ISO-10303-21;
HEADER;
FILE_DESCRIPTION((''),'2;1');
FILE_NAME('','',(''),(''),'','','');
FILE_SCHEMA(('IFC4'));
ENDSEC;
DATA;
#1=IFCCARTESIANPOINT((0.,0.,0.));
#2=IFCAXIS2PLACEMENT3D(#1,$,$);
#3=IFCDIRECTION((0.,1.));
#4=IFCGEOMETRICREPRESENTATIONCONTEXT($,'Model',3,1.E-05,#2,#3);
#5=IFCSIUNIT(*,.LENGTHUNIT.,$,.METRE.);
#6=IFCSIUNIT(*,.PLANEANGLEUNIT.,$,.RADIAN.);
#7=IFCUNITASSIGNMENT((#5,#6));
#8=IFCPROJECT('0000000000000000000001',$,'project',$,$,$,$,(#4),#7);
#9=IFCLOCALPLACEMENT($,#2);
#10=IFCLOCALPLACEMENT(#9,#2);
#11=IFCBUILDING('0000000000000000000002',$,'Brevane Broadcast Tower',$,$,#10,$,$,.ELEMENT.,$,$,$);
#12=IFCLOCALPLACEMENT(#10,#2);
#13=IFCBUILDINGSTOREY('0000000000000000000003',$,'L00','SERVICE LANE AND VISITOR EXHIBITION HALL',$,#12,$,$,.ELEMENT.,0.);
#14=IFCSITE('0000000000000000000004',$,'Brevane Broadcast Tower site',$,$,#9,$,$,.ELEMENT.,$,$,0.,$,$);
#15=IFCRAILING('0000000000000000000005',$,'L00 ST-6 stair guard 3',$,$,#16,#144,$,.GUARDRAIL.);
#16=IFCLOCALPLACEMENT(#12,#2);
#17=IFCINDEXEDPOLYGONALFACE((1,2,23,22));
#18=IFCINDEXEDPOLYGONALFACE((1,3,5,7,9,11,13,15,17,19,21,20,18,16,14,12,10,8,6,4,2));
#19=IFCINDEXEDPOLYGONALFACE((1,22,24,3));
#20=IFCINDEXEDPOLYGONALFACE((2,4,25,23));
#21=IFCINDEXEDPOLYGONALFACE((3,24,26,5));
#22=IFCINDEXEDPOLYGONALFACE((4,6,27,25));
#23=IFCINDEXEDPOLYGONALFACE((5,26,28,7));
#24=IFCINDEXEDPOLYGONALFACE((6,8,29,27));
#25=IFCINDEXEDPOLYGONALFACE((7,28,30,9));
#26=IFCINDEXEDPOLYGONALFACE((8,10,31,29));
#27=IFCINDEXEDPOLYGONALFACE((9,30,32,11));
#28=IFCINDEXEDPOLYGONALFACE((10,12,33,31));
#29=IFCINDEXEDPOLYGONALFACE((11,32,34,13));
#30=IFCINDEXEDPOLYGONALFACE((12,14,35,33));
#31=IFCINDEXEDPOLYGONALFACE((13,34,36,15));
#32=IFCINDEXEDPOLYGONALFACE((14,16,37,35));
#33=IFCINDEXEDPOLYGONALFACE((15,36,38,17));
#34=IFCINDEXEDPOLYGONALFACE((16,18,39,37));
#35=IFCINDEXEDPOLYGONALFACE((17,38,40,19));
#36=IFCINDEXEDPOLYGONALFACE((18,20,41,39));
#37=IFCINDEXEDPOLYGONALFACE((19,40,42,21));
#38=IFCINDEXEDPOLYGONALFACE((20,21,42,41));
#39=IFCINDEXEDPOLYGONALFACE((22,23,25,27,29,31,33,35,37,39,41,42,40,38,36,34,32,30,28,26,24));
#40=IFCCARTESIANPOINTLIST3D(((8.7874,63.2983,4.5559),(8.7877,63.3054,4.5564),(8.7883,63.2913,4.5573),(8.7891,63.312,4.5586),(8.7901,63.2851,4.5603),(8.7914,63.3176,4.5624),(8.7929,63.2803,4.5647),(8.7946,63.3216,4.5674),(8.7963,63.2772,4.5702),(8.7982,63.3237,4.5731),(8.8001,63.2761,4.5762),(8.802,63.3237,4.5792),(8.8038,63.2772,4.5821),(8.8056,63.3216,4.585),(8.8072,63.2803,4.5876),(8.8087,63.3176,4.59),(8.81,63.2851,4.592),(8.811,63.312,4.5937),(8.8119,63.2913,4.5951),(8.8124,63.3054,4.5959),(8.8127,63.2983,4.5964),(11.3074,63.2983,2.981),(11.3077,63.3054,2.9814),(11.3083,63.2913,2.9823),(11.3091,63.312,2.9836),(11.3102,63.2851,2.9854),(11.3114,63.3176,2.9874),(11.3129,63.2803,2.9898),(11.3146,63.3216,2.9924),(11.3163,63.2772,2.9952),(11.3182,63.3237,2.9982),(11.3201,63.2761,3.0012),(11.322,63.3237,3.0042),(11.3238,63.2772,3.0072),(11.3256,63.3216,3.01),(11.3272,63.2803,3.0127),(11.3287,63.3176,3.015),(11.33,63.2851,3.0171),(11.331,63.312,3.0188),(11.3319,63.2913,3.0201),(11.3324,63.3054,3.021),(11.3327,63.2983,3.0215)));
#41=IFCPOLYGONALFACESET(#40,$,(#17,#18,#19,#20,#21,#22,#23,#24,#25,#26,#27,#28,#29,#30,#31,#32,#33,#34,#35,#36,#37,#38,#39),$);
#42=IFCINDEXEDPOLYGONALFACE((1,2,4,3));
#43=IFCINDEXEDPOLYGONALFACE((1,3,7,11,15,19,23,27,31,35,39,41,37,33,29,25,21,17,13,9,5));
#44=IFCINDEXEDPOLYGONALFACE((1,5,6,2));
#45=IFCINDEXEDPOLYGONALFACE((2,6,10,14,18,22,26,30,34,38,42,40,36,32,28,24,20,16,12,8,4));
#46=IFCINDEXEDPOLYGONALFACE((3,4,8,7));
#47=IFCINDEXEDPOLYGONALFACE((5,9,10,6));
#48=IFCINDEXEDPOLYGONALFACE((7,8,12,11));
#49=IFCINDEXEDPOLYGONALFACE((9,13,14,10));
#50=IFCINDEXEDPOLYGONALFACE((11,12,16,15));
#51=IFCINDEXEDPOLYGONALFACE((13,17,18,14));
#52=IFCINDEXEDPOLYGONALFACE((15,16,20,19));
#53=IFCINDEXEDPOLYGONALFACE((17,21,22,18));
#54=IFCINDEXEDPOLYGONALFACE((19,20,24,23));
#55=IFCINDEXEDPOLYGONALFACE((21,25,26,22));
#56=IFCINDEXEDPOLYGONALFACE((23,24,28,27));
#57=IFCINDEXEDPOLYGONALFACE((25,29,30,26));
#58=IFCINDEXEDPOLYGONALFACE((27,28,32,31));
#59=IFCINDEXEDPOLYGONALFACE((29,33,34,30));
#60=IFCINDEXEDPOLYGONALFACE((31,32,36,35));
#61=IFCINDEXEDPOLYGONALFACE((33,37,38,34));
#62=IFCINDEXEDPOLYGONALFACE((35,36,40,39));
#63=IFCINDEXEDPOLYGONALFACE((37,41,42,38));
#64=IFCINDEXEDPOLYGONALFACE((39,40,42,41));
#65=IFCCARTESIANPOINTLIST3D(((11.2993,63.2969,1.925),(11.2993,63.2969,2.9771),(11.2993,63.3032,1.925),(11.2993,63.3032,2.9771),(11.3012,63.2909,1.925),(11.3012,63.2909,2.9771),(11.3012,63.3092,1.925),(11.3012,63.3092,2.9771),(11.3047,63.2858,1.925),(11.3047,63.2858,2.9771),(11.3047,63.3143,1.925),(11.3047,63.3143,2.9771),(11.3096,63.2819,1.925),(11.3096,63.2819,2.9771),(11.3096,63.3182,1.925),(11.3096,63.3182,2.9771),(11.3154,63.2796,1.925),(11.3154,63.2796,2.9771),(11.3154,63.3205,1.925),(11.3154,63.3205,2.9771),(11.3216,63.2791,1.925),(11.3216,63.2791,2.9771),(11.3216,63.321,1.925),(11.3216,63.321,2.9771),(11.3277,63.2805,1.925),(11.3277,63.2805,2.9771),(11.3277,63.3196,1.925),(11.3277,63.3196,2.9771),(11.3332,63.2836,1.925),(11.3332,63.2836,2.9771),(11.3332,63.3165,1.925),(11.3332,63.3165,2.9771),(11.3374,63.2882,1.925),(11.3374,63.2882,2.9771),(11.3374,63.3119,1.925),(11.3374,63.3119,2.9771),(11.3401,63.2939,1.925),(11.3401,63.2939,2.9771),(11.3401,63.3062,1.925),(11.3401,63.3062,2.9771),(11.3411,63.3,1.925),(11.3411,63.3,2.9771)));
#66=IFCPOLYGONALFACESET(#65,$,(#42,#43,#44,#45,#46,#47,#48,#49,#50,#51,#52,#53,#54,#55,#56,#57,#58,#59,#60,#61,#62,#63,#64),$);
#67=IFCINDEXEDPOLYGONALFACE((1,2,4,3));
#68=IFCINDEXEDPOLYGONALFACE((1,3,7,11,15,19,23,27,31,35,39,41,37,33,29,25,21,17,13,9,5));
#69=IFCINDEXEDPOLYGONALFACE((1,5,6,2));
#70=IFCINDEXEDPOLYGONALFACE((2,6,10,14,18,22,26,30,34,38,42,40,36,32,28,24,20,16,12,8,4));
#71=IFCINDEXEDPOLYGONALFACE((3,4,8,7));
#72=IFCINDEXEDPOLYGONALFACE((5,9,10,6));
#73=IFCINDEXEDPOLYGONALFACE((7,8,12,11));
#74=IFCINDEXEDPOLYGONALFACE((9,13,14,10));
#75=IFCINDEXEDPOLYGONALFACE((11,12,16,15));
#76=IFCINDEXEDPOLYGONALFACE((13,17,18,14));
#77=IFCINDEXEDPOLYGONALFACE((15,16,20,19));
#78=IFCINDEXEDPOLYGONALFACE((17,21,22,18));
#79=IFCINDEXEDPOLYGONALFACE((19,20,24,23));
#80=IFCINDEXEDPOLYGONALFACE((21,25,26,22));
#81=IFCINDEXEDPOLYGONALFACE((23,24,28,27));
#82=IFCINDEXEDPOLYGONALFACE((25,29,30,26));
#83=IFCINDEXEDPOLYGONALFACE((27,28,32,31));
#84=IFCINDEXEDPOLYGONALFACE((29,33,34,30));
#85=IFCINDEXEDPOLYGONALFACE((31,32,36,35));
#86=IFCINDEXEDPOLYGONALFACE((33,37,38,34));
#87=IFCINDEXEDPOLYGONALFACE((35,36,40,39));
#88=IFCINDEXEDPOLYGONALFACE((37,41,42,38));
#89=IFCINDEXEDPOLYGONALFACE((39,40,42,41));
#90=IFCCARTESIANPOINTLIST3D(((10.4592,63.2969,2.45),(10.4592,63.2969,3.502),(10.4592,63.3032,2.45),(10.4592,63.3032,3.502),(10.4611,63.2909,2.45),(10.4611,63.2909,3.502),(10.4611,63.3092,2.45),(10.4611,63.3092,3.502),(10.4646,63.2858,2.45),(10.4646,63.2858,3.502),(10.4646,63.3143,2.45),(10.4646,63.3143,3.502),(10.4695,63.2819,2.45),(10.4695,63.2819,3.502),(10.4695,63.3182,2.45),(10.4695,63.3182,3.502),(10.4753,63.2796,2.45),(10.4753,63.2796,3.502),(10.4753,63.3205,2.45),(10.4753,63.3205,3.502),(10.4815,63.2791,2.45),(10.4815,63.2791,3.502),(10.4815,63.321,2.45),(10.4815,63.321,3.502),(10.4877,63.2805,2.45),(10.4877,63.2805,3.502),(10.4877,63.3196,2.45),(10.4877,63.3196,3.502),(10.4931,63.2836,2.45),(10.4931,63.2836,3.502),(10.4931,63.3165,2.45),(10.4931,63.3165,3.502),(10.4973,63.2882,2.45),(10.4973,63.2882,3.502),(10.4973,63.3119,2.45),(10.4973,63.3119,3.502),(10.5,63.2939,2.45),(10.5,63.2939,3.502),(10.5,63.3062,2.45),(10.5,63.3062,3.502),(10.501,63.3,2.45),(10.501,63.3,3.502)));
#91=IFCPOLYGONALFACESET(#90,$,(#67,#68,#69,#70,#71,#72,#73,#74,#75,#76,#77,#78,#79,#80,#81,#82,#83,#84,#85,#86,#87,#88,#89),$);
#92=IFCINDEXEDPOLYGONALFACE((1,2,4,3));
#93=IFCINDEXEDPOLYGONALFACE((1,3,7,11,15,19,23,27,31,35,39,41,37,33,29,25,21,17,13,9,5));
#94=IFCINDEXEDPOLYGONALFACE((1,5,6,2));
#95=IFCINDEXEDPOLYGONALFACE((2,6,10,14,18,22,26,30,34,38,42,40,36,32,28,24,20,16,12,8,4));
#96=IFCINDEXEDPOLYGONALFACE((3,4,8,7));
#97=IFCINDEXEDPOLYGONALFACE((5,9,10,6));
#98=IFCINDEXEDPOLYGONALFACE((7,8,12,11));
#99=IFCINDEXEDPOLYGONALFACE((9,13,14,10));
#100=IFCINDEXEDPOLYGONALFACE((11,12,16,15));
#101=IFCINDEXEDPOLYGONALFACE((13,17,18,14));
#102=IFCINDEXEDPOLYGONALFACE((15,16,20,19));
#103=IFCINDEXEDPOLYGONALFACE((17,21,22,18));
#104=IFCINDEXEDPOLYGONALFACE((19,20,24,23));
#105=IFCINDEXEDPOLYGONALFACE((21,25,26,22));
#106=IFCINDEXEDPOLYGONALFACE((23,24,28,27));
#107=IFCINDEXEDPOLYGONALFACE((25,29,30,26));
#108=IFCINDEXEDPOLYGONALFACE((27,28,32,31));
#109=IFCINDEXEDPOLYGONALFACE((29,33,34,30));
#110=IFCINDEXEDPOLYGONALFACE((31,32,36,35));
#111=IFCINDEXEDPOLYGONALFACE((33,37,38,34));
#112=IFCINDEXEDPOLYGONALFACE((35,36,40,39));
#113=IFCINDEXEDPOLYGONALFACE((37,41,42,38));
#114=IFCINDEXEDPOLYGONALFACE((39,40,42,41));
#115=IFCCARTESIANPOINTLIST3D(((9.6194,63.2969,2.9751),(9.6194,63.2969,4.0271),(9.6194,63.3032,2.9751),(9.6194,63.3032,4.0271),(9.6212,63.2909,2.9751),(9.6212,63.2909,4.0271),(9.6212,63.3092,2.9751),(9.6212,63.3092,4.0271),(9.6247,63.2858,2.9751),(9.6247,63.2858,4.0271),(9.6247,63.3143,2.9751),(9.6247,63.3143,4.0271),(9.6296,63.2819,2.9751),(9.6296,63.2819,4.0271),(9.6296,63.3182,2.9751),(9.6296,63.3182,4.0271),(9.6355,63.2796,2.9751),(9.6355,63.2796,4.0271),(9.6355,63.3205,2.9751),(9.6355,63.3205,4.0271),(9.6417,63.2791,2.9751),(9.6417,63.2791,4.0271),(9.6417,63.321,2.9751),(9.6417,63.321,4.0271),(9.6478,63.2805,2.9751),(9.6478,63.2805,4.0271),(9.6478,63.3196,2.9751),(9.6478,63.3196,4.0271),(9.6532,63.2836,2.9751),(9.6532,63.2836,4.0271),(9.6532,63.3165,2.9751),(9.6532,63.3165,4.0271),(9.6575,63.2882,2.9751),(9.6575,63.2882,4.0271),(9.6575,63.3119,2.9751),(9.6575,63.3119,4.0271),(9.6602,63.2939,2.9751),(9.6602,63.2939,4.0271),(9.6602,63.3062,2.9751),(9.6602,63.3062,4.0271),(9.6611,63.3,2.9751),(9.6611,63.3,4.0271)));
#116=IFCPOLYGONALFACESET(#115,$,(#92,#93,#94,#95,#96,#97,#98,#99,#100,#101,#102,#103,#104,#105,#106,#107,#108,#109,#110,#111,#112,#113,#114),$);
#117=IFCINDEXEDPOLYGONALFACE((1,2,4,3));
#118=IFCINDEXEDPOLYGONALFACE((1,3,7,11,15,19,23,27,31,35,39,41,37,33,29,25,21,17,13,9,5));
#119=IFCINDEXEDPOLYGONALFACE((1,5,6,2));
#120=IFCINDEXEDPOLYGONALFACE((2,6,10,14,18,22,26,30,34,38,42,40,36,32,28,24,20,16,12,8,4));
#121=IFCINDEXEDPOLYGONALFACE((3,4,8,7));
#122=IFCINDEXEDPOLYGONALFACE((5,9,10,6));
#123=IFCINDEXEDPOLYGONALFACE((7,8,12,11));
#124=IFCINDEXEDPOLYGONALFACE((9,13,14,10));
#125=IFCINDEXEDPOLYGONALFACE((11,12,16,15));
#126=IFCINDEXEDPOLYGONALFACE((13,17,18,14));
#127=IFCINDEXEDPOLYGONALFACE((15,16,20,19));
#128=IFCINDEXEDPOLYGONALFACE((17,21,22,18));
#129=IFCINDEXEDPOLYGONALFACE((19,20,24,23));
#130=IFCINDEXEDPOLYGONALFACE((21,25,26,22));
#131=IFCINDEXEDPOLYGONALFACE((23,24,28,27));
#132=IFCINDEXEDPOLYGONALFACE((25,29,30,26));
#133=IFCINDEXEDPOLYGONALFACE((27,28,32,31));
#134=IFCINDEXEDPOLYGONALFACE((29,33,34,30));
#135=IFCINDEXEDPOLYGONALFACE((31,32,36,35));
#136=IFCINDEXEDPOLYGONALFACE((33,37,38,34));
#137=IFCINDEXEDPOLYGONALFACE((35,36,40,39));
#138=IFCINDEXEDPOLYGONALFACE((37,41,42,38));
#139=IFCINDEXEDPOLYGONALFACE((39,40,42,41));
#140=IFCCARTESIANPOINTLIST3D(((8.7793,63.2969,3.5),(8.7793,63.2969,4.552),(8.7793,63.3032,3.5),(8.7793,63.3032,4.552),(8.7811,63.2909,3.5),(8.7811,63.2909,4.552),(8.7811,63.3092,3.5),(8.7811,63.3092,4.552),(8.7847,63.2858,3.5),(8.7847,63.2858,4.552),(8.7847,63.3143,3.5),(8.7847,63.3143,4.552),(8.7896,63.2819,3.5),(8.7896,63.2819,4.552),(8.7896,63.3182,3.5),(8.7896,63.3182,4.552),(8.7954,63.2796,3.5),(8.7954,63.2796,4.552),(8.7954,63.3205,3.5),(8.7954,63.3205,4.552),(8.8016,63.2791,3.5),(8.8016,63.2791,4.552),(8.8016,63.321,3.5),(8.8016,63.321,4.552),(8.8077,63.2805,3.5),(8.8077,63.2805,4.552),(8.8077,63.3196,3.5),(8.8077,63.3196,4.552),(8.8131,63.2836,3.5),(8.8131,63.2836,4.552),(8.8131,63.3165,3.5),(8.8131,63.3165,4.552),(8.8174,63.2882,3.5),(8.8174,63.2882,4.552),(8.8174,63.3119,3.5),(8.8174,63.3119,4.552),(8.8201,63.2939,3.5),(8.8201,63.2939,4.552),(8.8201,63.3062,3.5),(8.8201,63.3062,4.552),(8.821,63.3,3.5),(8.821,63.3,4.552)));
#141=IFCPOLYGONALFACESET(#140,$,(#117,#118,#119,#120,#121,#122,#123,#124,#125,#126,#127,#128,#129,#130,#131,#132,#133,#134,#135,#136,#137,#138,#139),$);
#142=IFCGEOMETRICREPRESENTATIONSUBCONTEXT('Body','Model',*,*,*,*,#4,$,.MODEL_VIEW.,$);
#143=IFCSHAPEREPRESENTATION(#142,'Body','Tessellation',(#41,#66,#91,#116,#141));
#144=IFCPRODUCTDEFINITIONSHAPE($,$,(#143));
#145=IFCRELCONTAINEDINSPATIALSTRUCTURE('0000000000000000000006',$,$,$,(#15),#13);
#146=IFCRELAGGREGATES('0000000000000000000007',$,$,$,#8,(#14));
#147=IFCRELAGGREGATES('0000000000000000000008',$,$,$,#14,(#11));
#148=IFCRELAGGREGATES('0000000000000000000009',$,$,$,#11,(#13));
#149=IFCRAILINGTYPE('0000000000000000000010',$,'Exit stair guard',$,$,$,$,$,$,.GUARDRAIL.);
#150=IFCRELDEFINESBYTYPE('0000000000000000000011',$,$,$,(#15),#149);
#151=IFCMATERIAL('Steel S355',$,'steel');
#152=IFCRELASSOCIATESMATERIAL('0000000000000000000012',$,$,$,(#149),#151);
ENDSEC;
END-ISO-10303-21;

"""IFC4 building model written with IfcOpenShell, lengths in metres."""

from ifc_helpers import new_model, si_unit, direction, frame, origin, origin_2d, place, context, subcontext, project, spatial, circle, extrude, material, type_object, element, save


model = new_model("IFC4")

# Units and contexts
model_context = context("Model", 3, precision=1e-05, world=origin(), true_north=direction((0.0, 1.0)))
body_context = subcontext(model_context, "Body", "Model", "MODEL_VIEW")
ifc_project = project(units=[si_unit("LENGTHUNIT", "METRE"), si_unit("PLANEANGLEUNIT", "RADIAN")], contexts=[model_context])

# Site, building, storey
site_placement = place(None, origin())
site = spatial("IfcSite", under=ifc_project, at=site_placement, Name="Brevane Broadcast Tower site", CompositionType="ELEMENT", RefElevation=0.0)
building_placement = place(site_placement, origin())
building = spatial("IfcBuilding", under=site, at=building_placement, Name="Brevane Broadcast Tower", CompositionType="ELEMENT")
storey_placement = place(building_placement, origin())
storey = spatial("IfcBuildingStorey", under=building, at=storey_placement, Name="L00", Description="SERVICE LANE AND VISITOR EXHIBITION HALL", CompositionType="ELEMENT", Elevation=0.0)

# Railing
ifc_material_1 = material(Name="Steel S355", Category="steel")
railing_type_1 = type_object("IfcRailingType", Name="Exit stair guard", PredefinedType="GUARDRAIL", material=ifc_material_1)
railing_1_placement = place(storey_placement, frame((11.3201, 63.3, 1.925)))
element("IfcRailing", 1, at=railing_1_placement, inside=storey, type_object=railing_type_1, Name="L00 ST-6 stair guard 3", PredefinedType="GUARDRAIL", context=body_context, shape_type="SweptSolid", body=[
    extrude(circle(Radius=0.0239, at=origin_2d()), frame((0.0, 0.0, 1.0762), z_axis=(-0.848008, 0.0, 0.529984), x_axis=(0.0, -1.0, 0.0)), (0.0, 0.0, 1.0), 2.9717),
    extrude(circle(Radius=0.021, at=origin_2d()), origin(), (0.0, 0.0, 1.0), 1.052),
    extrude(circle(Radius=0.021, at=origin_2d()), frame((-0.8401, 0.0, 0.5249)), (0.0, 0.0, 1.0), 1.052),
    extrude(circle(Radius=0.021, at=origin_2d()), frame((-1.6799, 0.0, 1.05)), (0.0, 0.0, 1.0), 1.052),
    extrude(circle(Radius=0.021, at=origin_2d()), frame((-2.52, 0.0, 1.575)), (0.0, 0.0, 1.0), 1.052),
])

save(model, "model.ifc")
